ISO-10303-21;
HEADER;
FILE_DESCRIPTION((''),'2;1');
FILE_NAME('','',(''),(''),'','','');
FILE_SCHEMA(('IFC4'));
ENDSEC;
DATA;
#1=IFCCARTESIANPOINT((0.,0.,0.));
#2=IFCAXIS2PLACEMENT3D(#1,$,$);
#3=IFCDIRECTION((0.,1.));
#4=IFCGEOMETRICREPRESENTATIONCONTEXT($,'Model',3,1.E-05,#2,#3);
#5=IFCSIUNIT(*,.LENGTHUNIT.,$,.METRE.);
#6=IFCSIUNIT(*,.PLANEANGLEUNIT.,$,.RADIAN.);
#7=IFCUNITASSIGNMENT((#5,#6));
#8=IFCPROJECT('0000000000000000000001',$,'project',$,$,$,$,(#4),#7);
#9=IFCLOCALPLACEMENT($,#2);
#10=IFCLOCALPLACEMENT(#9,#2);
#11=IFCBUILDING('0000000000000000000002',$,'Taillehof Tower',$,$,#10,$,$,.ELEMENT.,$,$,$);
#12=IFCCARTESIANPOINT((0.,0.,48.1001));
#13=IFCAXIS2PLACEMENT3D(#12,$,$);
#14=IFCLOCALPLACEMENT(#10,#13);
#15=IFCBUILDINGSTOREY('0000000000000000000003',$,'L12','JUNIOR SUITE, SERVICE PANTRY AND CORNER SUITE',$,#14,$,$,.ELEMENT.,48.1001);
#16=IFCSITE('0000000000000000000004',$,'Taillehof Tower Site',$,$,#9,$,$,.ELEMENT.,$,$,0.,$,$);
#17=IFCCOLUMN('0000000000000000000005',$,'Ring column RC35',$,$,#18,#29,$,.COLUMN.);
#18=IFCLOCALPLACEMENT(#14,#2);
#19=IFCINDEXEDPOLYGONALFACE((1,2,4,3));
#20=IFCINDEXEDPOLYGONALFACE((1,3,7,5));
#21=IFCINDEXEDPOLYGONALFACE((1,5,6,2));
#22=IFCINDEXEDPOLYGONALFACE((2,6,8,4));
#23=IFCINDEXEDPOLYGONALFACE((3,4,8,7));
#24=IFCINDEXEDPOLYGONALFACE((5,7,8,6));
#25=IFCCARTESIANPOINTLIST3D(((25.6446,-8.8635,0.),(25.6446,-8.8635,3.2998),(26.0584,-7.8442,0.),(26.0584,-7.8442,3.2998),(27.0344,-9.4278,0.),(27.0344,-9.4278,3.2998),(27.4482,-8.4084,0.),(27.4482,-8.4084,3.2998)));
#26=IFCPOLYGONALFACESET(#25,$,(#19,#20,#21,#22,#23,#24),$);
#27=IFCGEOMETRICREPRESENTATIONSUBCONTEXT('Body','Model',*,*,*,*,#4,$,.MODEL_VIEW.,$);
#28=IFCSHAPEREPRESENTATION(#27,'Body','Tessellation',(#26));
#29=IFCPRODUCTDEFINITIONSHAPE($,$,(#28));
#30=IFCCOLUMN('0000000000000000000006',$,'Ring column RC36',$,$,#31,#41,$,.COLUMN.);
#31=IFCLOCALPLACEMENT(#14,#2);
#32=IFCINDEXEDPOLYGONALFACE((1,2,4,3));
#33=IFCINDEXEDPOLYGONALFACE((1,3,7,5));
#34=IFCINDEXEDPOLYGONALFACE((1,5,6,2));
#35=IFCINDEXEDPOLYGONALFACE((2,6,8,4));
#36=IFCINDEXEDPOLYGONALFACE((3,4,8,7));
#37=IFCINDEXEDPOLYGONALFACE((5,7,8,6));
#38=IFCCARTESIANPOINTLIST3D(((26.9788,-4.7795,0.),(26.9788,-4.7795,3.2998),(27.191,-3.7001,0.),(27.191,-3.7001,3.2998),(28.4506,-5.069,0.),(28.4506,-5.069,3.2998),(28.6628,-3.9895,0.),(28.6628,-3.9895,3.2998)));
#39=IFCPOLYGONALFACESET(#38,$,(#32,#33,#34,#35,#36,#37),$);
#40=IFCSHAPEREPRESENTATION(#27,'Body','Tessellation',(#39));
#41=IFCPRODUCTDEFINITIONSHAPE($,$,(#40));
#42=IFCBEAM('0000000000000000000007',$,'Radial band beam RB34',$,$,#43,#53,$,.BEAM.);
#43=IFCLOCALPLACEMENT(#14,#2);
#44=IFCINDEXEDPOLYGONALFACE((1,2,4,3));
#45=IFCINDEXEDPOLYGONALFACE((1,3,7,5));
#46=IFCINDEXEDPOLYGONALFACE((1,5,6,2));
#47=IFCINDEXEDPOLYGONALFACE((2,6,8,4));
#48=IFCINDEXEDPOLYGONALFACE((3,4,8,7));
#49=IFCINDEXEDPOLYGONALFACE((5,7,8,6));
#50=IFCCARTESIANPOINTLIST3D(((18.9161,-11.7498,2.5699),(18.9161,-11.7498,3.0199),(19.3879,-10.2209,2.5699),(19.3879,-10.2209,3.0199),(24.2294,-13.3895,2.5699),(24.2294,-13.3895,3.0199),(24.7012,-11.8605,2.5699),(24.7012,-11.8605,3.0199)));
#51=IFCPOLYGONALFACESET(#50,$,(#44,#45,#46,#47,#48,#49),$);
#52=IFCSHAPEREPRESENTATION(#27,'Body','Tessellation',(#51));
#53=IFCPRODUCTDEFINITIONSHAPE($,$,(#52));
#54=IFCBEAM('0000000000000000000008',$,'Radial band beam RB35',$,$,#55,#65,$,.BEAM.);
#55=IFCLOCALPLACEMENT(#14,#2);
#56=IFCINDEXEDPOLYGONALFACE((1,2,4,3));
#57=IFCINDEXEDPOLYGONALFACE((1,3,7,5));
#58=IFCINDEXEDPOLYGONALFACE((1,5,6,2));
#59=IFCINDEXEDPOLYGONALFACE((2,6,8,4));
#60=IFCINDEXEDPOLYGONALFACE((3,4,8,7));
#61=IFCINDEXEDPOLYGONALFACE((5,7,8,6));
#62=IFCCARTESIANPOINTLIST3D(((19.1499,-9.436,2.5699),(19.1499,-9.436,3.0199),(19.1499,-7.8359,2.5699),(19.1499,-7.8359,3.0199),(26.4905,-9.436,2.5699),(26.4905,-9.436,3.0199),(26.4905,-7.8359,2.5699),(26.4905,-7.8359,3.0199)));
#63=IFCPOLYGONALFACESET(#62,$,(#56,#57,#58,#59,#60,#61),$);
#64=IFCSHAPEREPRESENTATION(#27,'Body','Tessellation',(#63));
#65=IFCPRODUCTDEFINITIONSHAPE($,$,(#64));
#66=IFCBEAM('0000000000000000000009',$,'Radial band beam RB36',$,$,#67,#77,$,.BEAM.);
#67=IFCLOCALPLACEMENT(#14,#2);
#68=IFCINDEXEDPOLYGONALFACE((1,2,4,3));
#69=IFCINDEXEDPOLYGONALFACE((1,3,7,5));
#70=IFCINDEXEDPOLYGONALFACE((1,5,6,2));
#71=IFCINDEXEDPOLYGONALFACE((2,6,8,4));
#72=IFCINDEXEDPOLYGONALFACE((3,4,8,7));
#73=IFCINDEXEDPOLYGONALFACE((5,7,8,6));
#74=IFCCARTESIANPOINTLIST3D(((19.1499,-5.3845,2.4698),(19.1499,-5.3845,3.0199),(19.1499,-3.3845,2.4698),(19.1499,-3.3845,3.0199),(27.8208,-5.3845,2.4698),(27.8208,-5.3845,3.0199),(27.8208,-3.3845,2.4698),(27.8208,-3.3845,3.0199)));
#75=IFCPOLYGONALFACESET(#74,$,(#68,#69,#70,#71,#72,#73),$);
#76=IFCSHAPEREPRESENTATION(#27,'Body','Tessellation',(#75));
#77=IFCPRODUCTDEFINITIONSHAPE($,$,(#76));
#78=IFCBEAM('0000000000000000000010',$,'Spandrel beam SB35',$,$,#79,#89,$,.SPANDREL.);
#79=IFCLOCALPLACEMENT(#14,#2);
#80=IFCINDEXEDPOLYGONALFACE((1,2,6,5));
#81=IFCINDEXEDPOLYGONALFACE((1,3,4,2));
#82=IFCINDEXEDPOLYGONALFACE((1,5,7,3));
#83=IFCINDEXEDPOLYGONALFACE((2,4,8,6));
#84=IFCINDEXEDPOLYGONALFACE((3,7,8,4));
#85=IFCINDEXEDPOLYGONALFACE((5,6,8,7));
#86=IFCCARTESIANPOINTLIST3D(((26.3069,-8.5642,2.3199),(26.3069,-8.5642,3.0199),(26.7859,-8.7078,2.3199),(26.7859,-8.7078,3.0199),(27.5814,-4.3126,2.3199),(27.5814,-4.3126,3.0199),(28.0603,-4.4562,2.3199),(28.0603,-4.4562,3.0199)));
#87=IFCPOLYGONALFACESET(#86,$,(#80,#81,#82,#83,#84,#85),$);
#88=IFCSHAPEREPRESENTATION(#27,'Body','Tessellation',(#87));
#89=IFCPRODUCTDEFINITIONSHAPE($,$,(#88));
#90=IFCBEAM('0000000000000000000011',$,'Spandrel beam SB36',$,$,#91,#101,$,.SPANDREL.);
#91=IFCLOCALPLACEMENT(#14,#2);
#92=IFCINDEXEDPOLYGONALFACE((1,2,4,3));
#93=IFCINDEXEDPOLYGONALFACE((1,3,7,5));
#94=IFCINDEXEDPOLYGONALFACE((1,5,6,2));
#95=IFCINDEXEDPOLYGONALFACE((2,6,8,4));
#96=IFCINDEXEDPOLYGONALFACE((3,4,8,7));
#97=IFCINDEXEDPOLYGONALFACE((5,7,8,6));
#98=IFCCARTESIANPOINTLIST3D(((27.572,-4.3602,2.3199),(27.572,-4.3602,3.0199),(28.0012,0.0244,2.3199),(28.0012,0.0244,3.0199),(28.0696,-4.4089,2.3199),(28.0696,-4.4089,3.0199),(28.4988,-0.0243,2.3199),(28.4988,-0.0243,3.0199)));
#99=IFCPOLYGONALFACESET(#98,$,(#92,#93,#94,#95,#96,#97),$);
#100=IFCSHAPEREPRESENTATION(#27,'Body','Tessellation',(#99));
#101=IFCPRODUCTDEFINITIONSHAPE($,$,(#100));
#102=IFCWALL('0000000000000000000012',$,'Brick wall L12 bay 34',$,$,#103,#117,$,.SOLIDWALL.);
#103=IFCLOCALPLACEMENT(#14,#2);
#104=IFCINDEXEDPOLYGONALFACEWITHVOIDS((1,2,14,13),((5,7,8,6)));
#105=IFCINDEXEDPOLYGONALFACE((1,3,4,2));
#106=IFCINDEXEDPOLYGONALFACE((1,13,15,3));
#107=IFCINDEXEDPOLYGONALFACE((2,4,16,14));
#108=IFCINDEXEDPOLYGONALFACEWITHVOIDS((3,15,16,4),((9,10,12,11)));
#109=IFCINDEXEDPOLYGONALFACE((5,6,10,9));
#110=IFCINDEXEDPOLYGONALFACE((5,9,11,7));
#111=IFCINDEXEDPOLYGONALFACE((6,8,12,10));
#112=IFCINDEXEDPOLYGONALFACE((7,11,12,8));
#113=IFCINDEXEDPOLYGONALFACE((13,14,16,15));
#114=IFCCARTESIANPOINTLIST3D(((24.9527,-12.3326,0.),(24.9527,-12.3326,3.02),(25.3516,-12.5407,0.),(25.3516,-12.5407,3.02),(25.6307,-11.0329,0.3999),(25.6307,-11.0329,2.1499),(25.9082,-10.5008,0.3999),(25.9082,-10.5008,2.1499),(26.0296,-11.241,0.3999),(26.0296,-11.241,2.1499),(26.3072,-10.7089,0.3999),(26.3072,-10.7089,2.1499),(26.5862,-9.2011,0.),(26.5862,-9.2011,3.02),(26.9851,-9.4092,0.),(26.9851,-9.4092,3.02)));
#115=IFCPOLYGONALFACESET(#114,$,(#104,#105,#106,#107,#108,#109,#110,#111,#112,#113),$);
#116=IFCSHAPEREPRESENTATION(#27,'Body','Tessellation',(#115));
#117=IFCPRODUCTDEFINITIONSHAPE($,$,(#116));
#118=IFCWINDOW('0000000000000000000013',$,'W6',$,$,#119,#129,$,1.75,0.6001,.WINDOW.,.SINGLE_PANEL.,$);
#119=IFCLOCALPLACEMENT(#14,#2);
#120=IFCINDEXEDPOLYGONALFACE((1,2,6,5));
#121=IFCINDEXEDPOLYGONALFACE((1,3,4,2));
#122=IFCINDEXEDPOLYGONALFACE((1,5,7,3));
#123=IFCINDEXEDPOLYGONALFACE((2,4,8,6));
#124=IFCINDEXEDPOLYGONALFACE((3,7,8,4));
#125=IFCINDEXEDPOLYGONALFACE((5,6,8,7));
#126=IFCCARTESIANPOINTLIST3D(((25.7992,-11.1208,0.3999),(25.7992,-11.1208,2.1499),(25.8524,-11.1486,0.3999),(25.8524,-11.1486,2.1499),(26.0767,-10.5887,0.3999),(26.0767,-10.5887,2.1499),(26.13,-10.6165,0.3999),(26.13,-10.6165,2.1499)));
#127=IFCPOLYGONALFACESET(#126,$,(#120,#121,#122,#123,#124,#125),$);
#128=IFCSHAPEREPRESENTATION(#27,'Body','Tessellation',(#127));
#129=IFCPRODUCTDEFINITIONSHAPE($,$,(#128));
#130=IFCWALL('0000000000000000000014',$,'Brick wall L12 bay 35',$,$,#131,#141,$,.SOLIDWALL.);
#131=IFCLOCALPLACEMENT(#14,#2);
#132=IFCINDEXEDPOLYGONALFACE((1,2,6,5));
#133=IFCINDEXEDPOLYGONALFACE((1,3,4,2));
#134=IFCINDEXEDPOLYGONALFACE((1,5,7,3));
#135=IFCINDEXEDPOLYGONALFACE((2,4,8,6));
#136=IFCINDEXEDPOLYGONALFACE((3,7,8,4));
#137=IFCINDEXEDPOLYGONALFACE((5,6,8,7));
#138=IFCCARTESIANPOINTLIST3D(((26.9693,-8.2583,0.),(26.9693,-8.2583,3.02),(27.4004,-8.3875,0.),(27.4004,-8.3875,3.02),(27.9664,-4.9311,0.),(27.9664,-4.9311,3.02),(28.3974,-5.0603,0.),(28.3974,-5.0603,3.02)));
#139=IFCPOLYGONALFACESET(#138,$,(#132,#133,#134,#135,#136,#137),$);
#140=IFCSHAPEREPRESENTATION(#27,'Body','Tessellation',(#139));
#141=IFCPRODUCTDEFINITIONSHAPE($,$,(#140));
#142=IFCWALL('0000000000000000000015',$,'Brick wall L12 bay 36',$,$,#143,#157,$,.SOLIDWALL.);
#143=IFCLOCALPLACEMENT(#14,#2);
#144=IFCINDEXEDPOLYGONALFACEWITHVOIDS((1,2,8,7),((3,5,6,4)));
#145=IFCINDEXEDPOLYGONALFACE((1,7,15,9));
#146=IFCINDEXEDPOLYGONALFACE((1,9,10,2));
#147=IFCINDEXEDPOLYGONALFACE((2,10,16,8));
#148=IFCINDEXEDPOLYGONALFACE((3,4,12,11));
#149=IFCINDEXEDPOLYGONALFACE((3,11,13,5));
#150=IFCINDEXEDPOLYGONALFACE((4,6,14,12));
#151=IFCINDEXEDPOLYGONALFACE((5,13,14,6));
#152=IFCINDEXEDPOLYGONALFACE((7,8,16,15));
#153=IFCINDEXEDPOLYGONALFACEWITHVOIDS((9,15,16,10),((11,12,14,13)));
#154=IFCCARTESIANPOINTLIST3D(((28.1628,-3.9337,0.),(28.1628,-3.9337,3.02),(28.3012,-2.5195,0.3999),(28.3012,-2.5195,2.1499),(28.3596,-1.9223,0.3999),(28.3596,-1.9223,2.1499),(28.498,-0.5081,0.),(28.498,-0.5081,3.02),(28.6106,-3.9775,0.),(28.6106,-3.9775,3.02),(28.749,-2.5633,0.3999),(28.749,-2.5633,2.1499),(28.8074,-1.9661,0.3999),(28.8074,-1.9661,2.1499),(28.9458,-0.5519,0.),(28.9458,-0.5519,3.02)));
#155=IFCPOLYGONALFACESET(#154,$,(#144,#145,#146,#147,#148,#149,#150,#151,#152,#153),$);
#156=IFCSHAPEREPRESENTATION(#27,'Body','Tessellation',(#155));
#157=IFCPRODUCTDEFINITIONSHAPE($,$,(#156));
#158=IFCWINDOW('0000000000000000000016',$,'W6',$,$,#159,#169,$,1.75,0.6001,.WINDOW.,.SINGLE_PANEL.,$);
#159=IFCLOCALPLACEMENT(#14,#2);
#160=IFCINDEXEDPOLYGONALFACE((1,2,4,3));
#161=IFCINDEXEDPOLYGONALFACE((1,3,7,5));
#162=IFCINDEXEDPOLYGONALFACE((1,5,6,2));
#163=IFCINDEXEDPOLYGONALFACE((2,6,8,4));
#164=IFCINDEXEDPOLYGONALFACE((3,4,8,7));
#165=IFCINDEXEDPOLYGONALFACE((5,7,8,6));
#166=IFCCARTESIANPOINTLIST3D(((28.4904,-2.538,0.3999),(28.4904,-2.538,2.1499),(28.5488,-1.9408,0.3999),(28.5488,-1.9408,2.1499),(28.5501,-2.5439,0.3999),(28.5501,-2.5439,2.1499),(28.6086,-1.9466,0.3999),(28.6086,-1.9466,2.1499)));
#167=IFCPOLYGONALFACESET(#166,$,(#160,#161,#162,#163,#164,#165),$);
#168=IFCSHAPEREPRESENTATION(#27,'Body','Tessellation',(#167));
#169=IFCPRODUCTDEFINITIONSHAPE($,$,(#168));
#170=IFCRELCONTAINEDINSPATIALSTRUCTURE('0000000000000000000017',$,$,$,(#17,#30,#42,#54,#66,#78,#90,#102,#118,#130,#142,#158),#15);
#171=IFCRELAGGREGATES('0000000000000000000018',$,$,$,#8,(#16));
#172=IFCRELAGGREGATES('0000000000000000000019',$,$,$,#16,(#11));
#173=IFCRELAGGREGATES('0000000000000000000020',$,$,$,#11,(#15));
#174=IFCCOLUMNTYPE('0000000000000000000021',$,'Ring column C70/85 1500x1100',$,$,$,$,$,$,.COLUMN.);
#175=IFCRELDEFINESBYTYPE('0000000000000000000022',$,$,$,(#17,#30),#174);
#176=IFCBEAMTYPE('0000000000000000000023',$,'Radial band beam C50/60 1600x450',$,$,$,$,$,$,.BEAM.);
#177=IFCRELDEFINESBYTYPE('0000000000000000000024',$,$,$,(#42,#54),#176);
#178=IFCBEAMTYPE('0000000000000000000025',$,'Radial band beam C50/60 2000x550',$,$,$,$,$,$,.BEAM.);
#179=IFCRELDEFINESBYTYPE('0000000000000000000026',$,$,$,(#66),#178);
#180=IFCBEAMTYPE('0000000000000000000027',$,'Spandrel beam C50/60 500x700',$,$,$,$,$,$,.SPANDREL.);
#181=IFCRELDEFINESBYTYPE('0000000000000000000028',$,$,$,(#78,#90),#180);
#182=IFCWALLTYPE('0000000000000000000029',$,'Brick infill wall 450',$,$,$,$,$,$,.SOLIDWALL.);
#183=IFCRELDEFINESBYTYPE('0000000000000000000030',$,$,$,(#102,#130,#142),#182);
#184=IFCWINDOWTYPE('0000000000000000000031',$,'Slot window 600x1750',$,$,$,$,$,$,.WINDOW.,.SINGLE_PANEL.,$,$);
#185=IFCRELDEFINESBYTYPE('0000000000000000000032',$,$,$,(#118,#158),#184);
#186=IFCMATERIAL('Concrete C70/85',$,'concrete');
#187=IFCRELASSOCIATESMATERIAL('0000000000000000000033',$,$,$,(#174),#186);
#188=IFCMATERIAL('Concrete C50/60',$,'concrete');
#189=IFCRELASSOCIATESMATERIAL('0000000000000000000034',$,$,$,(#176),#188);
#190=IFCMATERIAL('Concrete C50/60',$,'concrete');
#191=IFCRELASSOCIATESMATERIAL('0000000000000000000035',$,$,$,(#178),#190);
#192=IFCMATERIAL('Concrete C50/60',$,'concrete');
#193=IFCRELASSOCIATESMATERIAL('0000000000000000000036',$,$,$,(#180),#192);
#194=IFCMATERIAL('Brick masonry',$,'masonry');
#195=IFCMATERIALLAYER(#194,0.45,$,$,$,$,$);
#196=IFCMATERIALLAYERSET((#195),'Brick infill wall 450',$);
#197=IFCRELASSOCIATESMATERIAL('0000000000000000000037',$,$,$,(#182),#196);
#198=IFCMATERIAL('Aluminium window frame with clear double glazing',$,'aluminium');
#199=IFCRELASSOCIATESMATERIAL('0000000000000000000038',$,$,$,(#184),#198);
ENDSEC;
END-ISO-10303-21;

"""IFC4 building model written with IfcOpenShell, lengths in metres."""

from ifc_helpers import new_model, si_unit, direction, frame, frame_2d, origin, origin_2d, place, context, subcontext, project, spatial, rectangle, extrude, material, layer, layer_set, material_profile, profile_set, type_object, element, fill, save


model = new_model("IFC4")

# Units and contexts
model_context = context("Model", 3, precision=1e-05, world=origin(), true_north=direction((0.0, 1.0)))
body_context = subcontext(model_context, "Body", "Model", "MODEL_VIEW")
ifc_project = project(units=[si_unit("LENGTHUNIT", "METRE"), si_unit("PLANEANGLEUNIT", "RADIAN")], contexts=[model_context])

# Site, building, storey
site_placement = place(None, origin())
site = spatial("IfcSite", under=ifc_project, at=site_placement, Name="Taillehof Tower Site", CompositionType="ELEMENT", RefElevation=0.0)
building_placement = place(site_placement, origin())
building = spatial("IfcBuilding", under=site, at=building_placement, Name="Taillehof Tower", CompositionType="ELEMENT")
storey_placement = place(building_placement, frame((0.0, 0.0, 48.1001)))
storey = spatial("IfcBuildingStorey", under=building, at=storey_placement, Name="L12", Description="JUNIOR SUITE, SERVICE PANTRY AND CORNER SUITE", CompositionType="ELEMENT", Elevation=48.1001)

# Columns
ifc_material_1 = material(Name="Concrete C70/85", Category="concrete")
ifc_material_profile_1 = material_profile(ifc_material_1, rectangle(XDim=1.5, YDim=1.1001, at=origin_2d()), Name="RC 1500x1100")
ifc_profile_set_1 = profile_set([ifc_material_profile_1], Name="Concrete C70/85")
column_type = type_object("IfcColumnType", Name="Ring column C70/85 1500x1100", PredefinedType="COLUMN", material=ifc_profile_set_1)
for number, where, z_axis, x_axis, name in (
    (1, (26.5464, -8.636, 0.0), (0.0, 0.0, 1.0), (0.926558, -0.376152, 0.0), "Ring column RC35"),
    (2, (27.8208, -4.3845, 0.0), (0.0, 0.0, 1.0), (0.981204, -0.192976, 0.0), "Ring column RC36"),
):
    element("IfcColumn", number, at=place(storey_placement, frame(where, z_axis=z_axis, x_axis=x_axis)), inside=storey, type_object=column_type, Name=name, PredefinedType="COLUMN", context=body_context, shape_type="SweptSolid", body=[
        extrude(rectangle(XDim=1.5, YDim=1.1001, at=origin_2d()), origin(), (0.0, 0.0, 1.0), 3.2998),
    ])

# Beams
ifc_material_2 = material(Name="Concrete C50/60", Category="concrete")
ifc_material_profile_2 = material_profile(ifc_material_2, rectangle(XDim=1.6001, YDim=0.45, at=origin_2d()), Name="RC 1600x450")
ifc_profile_set_2 = profile_set([ifc_material_profile_2], Name="Concrete C50/60")
beam_type_1 = type_object("IfcBeamType", Name="Radial band beam C50/60 1600x450", PredefinedType="BEAM", material=ifc_profile_set_2)
beam_1_placement = place(storey_placement, frame((24.4653, -12.625, 2.7949), z_axis=(-0.955536, 0.294876, 0.0), x_axis=(-0.294876, -0.955536, 0.0)))
element("IfcBeam", 3, at=beam_1_placement, inside=storey, type_object=beam_type_1, Name="Radial band beam RB34", PredefinedType="BEAM", context=body_context, shape_type="SweptSolid", body=[
    extrude(rectangle(XDim=1.6001, YDim=0.45, at=origin_2d()), origin(), (0.0, 0.0, 1.0), 5.5605),
])
beam_2_placement = place(storey_placement, frame((26.4905, -8.636, 2.7949), z_axis=(-1.0, 0.0, 0.0), x_axis=(0.0, -1.0, 0.0)))
element("IfcBeam", 4, at=beam_2_placement, inside=storey, type_object=beam_type_1, Name="Radial band beam RB35", PredefinedType="BEAM", context=body_context, shape_type="SweptSolid", body=[
    extrude(rectangle(XDim=1.6001, YDim=0.45, at=origin_2d()), origin(), (0.0, 0.0, 1.0), 7.3406),
])
ifc_material_3 = material(Name="Concrete C50/60", Category="concrete")
ifc_material_profile_3 = material_profile(ifc_material_3, rectangle(XDim=2.0, YDim=0.55, at=origin_2d()), Name="RC 2000x550")
ifc_profile_set_3 = profile_set([ifc_material_profile_3], Name="Concrete C50/60")
beam_type_2 = type_object("IfcBeamType", Name="Radial band beam C50/60 2000x550", PredefinedType="BEAM", material=ifc_profile_set_3)
beam_3_placement = place(storey_placement, frame((27.8208, -4.3845, 2.7449), z_axis=(-1.0, 0.0, 0.0), x_axis=(0.0, -1.0, 0.0)))
element("IfcBeam", 5, at=beam_3_placement, inside=storey, type_object=beam_type_2, Name="Radial band beam RB36", PredefinedType="BEAM", context=body_context, shape_type="SweptSolid", body=[
    extrude(rectangle(XDim=2.0, YDim=0.55, at=origin_2d()), origin(), (0.0, 0.0, 1.0), 8.6709),
])
ifc_material_4 = material(Name="Concrete C50/60", Category="concrete")
ifc_material_profile_4 = material_profile(ifc_material_4, rectangle(XDim=0.5, YDim=0.7, at=origin_2d()), Name="RC 500x700")
ifc_profile_set_4 = profile_set([ifc_material_profile_4], Name="Concrete C50/60")
beam_type_3 = type_object("IfcBeamType", Name="Spandrel beam C50/60 500x700", PredefinedType="SPANDREL", material=ifc_profile_set_4)
beam_4_placement = place(storey_placement, frame((26.5464, -8.636, 2.6699), z_axis=(0.287136, 0.95789, 0.0), x_axis=(-0.95789, 0.287136, 0.0)))
element("IfcBeam", 6, at=beam_4_placement, inside=storey, type_object=beam_type_3, Name="Spandrel beam SB35", PredefinedType="SPANDREL", context=body_context, shape_type="SweptSolid", body=[
    extrude(rectangle(XDim=0.5, YDim=0.7, at=origin_2d()), origin(), (0.0, 0.0, 1.0), 4.4385),
])
beam_5_placement = place(storey_placement, frame((27.8208, -4.3845, 2.6699), z_axis=(0.097424, 0.995243, 0.0), x_axis=(-0.995243, 0.097424, 0.0)))
element("IfcBeam", 7, at=beam_5_placement, inside=storey, type_object=beam_type_3, Name="Spandrel beam SB36", PredefinedType="SPANDREL", context=body_context, shape_type="SweptSolid", body=[
    extrude(rectangle(XDim=0.5, YDim=0.7, at=origin_2d()), origin(), (0.0, 0.0, 1.0), 4.4055),
])

# Wall, opening, window
ifc_material_5 = material(Name="Brick masonry", Category="masonry")
ifc_layer_1 = layer(ifc_material_5, 0.45)
ifc_layer_set_1 = layer_set([ifc_layer_1], Name="Brick infill wall 450")
wall_type_1 = type_object("IfcWallType", Name="Brick infill wall 450", PredefinedType="SOLIDWALL", material=ifc_layer_set_1)
wall_1_placement = place(storey_placement, frame((25.1521, -12.4368, 0.0), z_axis=(0.0, 0.0, 1.0), x_axis=(0.462493, 0.886623, 0.0)))
wall_1 = element("IfcWall", 8, at=wall_1_placement, inside=storey, type_object=wall_type_1, Name="Brick wall L12 bay 34", PredefinedType="SOLIDWALL", context=body_context, shape_type="SweptSolid", body=[
    extrude(rectangle(XDim=3.532, YDim=0.45, at=frame_2d((1.7661, 0.0))), origin(), (0.0, 0.0, 1.0), 3.02),
])
opening_1_placement = place(wall_1_placement, frame((1.4661, 0.0, 0.3999)))
opening_1 = element("IfcOpeningElement", 9, at=opening_1_placement, cuts=wall_1, PredefinedType="OPENING", context=body_context, shape_type="SweptSolid", body=[
    extrude(rectangle(XDim=0.6001, YDim=1.75, at=frame_2d((0.3, 0.875))), frame((0.0, 0.2349, 0.0), z_axis=(0.0, -1.0, 0.0), x_axis=(1.0, 0.0, 0.0)), (0.0, 0.0, 1.0), 0.47),
])
ifc_material_6 = material(Name="Aluminium window frame with clear double glazing", Category="aluminium")
window_type = type_object("IfcWindowType", Name="Slot window 600x1750", PartitioningType="SINGLE_PANEL", PredefinedType="WINDOW", material=ifc_material_6)
window_1_placement = place(opening_1_placement, origin())
window_1 = element("IfcWindow", 10, at=window_1_placement, inside=storey, type_object=window_type, Name="W6", OverallHeight=1.75, OverallWidth=0.6001, PartitioningType="SINGLE_PANEL", PredefinedType="WINDOW", context=body_context, shape_type="SweptSolid", body=[
    extrude(rectangle(XDim=0.6001, YDim=1.75, at=frame_2d((0.3, 0.875))), frame((0.0, 0.0349, 0.0), z_axis=(0.0, -1.0, 0.0), x_axis=(1.0, 0.0, 0.0)), (0.0, 0.0, 1.0), 0.0601),
])
fill(opening_1, window_1)

# Wall
wall_2_placement = place(storey_placement, frame((27.1848, -8.323, 0.0), z_axis=(0.0, 0.0, 1.0), x_axis=(0.287064, 0.957911, 0.0)))
element("IfcWall", 11, at=wall_2_placement, inside=storey, type_object=wall_type_1, Name="Brick wall L12 bay 35", PredefinedType="SOLIDWALL", context=body_context, shape_type="SweptSolid", body=[
    extrude(rectangle(XDim=3.4734, YDim=0.45, at=frame_2d((1.7368, 0.0))), origin(), (0.0, 0.0, 1.0), 3.02),
])

# Wall, opening, window
wall_3_placement = place(storey_placement, frame((28.3867, -3.9556, 0.0), z_axis=(0.0, 0.0, 1.0), x_axis=(0.09739, 0.995246, 0.0)))
wall_3 = element("IfcWall", 12, at=wall_3_placement, inside=storey, type_object=wall_type_1, Name="Brick wall L12 bay 36", PredefinedType="SOLIDWALL", context=body_context, shape_type="SweptSolid", body=[
    extrude(rectangle(XDim=3.4419, YDim=0.45, at=frame_2d((1.7209, 0.0))), origin(), (0.0, 0.0, 1.0), 3.02),
])
opening_2_placement = place(wall_3_placement, frame((1.4209, 0.0, 0.3999)))
opening_2 = element("IfcOpeningElement", 13, at=opening_2_placement, cuts=wall_3, PredefinedType="OPENING", context=body_context, shape_type="SweptSolid", body=[
    extrude(rectangle(XDim=0.6001, YDim=1.75, at=frame_2d((0.3, 0.875))), frame((0.0, 0.2349, 0.0), z_axis=(0.0, -1.0, 0.0), x_axis=(1.0, 0.0, 0.0)), (0.0, 0.0, 1.0), 0.47),
])
window_2_placement = place(opening_2_placement, origin())
window_2 = element("IfcWindow", 14, at=window_2_placement, inside=storey, type_object=window_type, Name="W6", OverallHeight=1.75, OverallWidth=0.6001, PartitioningType="SINGLE_PANEL", PredefinedType="WINDOW", context=body_context, shape_type="SweptSolid", body=[
    extrude(rectangle(XDim=0.6001, YDim=1.75, at=frame_2d((0.3, 0.875))), frame((0.0, 0.0349, 0.0), z_axis=(0.0, -1.0, 0.0), x_axis=(1.0, 0.0, 0.0)), (0.0, 0.0, 1.0), 0.0601),
])
fill(opening_2, window_2)

save(model, "model.ifc")
